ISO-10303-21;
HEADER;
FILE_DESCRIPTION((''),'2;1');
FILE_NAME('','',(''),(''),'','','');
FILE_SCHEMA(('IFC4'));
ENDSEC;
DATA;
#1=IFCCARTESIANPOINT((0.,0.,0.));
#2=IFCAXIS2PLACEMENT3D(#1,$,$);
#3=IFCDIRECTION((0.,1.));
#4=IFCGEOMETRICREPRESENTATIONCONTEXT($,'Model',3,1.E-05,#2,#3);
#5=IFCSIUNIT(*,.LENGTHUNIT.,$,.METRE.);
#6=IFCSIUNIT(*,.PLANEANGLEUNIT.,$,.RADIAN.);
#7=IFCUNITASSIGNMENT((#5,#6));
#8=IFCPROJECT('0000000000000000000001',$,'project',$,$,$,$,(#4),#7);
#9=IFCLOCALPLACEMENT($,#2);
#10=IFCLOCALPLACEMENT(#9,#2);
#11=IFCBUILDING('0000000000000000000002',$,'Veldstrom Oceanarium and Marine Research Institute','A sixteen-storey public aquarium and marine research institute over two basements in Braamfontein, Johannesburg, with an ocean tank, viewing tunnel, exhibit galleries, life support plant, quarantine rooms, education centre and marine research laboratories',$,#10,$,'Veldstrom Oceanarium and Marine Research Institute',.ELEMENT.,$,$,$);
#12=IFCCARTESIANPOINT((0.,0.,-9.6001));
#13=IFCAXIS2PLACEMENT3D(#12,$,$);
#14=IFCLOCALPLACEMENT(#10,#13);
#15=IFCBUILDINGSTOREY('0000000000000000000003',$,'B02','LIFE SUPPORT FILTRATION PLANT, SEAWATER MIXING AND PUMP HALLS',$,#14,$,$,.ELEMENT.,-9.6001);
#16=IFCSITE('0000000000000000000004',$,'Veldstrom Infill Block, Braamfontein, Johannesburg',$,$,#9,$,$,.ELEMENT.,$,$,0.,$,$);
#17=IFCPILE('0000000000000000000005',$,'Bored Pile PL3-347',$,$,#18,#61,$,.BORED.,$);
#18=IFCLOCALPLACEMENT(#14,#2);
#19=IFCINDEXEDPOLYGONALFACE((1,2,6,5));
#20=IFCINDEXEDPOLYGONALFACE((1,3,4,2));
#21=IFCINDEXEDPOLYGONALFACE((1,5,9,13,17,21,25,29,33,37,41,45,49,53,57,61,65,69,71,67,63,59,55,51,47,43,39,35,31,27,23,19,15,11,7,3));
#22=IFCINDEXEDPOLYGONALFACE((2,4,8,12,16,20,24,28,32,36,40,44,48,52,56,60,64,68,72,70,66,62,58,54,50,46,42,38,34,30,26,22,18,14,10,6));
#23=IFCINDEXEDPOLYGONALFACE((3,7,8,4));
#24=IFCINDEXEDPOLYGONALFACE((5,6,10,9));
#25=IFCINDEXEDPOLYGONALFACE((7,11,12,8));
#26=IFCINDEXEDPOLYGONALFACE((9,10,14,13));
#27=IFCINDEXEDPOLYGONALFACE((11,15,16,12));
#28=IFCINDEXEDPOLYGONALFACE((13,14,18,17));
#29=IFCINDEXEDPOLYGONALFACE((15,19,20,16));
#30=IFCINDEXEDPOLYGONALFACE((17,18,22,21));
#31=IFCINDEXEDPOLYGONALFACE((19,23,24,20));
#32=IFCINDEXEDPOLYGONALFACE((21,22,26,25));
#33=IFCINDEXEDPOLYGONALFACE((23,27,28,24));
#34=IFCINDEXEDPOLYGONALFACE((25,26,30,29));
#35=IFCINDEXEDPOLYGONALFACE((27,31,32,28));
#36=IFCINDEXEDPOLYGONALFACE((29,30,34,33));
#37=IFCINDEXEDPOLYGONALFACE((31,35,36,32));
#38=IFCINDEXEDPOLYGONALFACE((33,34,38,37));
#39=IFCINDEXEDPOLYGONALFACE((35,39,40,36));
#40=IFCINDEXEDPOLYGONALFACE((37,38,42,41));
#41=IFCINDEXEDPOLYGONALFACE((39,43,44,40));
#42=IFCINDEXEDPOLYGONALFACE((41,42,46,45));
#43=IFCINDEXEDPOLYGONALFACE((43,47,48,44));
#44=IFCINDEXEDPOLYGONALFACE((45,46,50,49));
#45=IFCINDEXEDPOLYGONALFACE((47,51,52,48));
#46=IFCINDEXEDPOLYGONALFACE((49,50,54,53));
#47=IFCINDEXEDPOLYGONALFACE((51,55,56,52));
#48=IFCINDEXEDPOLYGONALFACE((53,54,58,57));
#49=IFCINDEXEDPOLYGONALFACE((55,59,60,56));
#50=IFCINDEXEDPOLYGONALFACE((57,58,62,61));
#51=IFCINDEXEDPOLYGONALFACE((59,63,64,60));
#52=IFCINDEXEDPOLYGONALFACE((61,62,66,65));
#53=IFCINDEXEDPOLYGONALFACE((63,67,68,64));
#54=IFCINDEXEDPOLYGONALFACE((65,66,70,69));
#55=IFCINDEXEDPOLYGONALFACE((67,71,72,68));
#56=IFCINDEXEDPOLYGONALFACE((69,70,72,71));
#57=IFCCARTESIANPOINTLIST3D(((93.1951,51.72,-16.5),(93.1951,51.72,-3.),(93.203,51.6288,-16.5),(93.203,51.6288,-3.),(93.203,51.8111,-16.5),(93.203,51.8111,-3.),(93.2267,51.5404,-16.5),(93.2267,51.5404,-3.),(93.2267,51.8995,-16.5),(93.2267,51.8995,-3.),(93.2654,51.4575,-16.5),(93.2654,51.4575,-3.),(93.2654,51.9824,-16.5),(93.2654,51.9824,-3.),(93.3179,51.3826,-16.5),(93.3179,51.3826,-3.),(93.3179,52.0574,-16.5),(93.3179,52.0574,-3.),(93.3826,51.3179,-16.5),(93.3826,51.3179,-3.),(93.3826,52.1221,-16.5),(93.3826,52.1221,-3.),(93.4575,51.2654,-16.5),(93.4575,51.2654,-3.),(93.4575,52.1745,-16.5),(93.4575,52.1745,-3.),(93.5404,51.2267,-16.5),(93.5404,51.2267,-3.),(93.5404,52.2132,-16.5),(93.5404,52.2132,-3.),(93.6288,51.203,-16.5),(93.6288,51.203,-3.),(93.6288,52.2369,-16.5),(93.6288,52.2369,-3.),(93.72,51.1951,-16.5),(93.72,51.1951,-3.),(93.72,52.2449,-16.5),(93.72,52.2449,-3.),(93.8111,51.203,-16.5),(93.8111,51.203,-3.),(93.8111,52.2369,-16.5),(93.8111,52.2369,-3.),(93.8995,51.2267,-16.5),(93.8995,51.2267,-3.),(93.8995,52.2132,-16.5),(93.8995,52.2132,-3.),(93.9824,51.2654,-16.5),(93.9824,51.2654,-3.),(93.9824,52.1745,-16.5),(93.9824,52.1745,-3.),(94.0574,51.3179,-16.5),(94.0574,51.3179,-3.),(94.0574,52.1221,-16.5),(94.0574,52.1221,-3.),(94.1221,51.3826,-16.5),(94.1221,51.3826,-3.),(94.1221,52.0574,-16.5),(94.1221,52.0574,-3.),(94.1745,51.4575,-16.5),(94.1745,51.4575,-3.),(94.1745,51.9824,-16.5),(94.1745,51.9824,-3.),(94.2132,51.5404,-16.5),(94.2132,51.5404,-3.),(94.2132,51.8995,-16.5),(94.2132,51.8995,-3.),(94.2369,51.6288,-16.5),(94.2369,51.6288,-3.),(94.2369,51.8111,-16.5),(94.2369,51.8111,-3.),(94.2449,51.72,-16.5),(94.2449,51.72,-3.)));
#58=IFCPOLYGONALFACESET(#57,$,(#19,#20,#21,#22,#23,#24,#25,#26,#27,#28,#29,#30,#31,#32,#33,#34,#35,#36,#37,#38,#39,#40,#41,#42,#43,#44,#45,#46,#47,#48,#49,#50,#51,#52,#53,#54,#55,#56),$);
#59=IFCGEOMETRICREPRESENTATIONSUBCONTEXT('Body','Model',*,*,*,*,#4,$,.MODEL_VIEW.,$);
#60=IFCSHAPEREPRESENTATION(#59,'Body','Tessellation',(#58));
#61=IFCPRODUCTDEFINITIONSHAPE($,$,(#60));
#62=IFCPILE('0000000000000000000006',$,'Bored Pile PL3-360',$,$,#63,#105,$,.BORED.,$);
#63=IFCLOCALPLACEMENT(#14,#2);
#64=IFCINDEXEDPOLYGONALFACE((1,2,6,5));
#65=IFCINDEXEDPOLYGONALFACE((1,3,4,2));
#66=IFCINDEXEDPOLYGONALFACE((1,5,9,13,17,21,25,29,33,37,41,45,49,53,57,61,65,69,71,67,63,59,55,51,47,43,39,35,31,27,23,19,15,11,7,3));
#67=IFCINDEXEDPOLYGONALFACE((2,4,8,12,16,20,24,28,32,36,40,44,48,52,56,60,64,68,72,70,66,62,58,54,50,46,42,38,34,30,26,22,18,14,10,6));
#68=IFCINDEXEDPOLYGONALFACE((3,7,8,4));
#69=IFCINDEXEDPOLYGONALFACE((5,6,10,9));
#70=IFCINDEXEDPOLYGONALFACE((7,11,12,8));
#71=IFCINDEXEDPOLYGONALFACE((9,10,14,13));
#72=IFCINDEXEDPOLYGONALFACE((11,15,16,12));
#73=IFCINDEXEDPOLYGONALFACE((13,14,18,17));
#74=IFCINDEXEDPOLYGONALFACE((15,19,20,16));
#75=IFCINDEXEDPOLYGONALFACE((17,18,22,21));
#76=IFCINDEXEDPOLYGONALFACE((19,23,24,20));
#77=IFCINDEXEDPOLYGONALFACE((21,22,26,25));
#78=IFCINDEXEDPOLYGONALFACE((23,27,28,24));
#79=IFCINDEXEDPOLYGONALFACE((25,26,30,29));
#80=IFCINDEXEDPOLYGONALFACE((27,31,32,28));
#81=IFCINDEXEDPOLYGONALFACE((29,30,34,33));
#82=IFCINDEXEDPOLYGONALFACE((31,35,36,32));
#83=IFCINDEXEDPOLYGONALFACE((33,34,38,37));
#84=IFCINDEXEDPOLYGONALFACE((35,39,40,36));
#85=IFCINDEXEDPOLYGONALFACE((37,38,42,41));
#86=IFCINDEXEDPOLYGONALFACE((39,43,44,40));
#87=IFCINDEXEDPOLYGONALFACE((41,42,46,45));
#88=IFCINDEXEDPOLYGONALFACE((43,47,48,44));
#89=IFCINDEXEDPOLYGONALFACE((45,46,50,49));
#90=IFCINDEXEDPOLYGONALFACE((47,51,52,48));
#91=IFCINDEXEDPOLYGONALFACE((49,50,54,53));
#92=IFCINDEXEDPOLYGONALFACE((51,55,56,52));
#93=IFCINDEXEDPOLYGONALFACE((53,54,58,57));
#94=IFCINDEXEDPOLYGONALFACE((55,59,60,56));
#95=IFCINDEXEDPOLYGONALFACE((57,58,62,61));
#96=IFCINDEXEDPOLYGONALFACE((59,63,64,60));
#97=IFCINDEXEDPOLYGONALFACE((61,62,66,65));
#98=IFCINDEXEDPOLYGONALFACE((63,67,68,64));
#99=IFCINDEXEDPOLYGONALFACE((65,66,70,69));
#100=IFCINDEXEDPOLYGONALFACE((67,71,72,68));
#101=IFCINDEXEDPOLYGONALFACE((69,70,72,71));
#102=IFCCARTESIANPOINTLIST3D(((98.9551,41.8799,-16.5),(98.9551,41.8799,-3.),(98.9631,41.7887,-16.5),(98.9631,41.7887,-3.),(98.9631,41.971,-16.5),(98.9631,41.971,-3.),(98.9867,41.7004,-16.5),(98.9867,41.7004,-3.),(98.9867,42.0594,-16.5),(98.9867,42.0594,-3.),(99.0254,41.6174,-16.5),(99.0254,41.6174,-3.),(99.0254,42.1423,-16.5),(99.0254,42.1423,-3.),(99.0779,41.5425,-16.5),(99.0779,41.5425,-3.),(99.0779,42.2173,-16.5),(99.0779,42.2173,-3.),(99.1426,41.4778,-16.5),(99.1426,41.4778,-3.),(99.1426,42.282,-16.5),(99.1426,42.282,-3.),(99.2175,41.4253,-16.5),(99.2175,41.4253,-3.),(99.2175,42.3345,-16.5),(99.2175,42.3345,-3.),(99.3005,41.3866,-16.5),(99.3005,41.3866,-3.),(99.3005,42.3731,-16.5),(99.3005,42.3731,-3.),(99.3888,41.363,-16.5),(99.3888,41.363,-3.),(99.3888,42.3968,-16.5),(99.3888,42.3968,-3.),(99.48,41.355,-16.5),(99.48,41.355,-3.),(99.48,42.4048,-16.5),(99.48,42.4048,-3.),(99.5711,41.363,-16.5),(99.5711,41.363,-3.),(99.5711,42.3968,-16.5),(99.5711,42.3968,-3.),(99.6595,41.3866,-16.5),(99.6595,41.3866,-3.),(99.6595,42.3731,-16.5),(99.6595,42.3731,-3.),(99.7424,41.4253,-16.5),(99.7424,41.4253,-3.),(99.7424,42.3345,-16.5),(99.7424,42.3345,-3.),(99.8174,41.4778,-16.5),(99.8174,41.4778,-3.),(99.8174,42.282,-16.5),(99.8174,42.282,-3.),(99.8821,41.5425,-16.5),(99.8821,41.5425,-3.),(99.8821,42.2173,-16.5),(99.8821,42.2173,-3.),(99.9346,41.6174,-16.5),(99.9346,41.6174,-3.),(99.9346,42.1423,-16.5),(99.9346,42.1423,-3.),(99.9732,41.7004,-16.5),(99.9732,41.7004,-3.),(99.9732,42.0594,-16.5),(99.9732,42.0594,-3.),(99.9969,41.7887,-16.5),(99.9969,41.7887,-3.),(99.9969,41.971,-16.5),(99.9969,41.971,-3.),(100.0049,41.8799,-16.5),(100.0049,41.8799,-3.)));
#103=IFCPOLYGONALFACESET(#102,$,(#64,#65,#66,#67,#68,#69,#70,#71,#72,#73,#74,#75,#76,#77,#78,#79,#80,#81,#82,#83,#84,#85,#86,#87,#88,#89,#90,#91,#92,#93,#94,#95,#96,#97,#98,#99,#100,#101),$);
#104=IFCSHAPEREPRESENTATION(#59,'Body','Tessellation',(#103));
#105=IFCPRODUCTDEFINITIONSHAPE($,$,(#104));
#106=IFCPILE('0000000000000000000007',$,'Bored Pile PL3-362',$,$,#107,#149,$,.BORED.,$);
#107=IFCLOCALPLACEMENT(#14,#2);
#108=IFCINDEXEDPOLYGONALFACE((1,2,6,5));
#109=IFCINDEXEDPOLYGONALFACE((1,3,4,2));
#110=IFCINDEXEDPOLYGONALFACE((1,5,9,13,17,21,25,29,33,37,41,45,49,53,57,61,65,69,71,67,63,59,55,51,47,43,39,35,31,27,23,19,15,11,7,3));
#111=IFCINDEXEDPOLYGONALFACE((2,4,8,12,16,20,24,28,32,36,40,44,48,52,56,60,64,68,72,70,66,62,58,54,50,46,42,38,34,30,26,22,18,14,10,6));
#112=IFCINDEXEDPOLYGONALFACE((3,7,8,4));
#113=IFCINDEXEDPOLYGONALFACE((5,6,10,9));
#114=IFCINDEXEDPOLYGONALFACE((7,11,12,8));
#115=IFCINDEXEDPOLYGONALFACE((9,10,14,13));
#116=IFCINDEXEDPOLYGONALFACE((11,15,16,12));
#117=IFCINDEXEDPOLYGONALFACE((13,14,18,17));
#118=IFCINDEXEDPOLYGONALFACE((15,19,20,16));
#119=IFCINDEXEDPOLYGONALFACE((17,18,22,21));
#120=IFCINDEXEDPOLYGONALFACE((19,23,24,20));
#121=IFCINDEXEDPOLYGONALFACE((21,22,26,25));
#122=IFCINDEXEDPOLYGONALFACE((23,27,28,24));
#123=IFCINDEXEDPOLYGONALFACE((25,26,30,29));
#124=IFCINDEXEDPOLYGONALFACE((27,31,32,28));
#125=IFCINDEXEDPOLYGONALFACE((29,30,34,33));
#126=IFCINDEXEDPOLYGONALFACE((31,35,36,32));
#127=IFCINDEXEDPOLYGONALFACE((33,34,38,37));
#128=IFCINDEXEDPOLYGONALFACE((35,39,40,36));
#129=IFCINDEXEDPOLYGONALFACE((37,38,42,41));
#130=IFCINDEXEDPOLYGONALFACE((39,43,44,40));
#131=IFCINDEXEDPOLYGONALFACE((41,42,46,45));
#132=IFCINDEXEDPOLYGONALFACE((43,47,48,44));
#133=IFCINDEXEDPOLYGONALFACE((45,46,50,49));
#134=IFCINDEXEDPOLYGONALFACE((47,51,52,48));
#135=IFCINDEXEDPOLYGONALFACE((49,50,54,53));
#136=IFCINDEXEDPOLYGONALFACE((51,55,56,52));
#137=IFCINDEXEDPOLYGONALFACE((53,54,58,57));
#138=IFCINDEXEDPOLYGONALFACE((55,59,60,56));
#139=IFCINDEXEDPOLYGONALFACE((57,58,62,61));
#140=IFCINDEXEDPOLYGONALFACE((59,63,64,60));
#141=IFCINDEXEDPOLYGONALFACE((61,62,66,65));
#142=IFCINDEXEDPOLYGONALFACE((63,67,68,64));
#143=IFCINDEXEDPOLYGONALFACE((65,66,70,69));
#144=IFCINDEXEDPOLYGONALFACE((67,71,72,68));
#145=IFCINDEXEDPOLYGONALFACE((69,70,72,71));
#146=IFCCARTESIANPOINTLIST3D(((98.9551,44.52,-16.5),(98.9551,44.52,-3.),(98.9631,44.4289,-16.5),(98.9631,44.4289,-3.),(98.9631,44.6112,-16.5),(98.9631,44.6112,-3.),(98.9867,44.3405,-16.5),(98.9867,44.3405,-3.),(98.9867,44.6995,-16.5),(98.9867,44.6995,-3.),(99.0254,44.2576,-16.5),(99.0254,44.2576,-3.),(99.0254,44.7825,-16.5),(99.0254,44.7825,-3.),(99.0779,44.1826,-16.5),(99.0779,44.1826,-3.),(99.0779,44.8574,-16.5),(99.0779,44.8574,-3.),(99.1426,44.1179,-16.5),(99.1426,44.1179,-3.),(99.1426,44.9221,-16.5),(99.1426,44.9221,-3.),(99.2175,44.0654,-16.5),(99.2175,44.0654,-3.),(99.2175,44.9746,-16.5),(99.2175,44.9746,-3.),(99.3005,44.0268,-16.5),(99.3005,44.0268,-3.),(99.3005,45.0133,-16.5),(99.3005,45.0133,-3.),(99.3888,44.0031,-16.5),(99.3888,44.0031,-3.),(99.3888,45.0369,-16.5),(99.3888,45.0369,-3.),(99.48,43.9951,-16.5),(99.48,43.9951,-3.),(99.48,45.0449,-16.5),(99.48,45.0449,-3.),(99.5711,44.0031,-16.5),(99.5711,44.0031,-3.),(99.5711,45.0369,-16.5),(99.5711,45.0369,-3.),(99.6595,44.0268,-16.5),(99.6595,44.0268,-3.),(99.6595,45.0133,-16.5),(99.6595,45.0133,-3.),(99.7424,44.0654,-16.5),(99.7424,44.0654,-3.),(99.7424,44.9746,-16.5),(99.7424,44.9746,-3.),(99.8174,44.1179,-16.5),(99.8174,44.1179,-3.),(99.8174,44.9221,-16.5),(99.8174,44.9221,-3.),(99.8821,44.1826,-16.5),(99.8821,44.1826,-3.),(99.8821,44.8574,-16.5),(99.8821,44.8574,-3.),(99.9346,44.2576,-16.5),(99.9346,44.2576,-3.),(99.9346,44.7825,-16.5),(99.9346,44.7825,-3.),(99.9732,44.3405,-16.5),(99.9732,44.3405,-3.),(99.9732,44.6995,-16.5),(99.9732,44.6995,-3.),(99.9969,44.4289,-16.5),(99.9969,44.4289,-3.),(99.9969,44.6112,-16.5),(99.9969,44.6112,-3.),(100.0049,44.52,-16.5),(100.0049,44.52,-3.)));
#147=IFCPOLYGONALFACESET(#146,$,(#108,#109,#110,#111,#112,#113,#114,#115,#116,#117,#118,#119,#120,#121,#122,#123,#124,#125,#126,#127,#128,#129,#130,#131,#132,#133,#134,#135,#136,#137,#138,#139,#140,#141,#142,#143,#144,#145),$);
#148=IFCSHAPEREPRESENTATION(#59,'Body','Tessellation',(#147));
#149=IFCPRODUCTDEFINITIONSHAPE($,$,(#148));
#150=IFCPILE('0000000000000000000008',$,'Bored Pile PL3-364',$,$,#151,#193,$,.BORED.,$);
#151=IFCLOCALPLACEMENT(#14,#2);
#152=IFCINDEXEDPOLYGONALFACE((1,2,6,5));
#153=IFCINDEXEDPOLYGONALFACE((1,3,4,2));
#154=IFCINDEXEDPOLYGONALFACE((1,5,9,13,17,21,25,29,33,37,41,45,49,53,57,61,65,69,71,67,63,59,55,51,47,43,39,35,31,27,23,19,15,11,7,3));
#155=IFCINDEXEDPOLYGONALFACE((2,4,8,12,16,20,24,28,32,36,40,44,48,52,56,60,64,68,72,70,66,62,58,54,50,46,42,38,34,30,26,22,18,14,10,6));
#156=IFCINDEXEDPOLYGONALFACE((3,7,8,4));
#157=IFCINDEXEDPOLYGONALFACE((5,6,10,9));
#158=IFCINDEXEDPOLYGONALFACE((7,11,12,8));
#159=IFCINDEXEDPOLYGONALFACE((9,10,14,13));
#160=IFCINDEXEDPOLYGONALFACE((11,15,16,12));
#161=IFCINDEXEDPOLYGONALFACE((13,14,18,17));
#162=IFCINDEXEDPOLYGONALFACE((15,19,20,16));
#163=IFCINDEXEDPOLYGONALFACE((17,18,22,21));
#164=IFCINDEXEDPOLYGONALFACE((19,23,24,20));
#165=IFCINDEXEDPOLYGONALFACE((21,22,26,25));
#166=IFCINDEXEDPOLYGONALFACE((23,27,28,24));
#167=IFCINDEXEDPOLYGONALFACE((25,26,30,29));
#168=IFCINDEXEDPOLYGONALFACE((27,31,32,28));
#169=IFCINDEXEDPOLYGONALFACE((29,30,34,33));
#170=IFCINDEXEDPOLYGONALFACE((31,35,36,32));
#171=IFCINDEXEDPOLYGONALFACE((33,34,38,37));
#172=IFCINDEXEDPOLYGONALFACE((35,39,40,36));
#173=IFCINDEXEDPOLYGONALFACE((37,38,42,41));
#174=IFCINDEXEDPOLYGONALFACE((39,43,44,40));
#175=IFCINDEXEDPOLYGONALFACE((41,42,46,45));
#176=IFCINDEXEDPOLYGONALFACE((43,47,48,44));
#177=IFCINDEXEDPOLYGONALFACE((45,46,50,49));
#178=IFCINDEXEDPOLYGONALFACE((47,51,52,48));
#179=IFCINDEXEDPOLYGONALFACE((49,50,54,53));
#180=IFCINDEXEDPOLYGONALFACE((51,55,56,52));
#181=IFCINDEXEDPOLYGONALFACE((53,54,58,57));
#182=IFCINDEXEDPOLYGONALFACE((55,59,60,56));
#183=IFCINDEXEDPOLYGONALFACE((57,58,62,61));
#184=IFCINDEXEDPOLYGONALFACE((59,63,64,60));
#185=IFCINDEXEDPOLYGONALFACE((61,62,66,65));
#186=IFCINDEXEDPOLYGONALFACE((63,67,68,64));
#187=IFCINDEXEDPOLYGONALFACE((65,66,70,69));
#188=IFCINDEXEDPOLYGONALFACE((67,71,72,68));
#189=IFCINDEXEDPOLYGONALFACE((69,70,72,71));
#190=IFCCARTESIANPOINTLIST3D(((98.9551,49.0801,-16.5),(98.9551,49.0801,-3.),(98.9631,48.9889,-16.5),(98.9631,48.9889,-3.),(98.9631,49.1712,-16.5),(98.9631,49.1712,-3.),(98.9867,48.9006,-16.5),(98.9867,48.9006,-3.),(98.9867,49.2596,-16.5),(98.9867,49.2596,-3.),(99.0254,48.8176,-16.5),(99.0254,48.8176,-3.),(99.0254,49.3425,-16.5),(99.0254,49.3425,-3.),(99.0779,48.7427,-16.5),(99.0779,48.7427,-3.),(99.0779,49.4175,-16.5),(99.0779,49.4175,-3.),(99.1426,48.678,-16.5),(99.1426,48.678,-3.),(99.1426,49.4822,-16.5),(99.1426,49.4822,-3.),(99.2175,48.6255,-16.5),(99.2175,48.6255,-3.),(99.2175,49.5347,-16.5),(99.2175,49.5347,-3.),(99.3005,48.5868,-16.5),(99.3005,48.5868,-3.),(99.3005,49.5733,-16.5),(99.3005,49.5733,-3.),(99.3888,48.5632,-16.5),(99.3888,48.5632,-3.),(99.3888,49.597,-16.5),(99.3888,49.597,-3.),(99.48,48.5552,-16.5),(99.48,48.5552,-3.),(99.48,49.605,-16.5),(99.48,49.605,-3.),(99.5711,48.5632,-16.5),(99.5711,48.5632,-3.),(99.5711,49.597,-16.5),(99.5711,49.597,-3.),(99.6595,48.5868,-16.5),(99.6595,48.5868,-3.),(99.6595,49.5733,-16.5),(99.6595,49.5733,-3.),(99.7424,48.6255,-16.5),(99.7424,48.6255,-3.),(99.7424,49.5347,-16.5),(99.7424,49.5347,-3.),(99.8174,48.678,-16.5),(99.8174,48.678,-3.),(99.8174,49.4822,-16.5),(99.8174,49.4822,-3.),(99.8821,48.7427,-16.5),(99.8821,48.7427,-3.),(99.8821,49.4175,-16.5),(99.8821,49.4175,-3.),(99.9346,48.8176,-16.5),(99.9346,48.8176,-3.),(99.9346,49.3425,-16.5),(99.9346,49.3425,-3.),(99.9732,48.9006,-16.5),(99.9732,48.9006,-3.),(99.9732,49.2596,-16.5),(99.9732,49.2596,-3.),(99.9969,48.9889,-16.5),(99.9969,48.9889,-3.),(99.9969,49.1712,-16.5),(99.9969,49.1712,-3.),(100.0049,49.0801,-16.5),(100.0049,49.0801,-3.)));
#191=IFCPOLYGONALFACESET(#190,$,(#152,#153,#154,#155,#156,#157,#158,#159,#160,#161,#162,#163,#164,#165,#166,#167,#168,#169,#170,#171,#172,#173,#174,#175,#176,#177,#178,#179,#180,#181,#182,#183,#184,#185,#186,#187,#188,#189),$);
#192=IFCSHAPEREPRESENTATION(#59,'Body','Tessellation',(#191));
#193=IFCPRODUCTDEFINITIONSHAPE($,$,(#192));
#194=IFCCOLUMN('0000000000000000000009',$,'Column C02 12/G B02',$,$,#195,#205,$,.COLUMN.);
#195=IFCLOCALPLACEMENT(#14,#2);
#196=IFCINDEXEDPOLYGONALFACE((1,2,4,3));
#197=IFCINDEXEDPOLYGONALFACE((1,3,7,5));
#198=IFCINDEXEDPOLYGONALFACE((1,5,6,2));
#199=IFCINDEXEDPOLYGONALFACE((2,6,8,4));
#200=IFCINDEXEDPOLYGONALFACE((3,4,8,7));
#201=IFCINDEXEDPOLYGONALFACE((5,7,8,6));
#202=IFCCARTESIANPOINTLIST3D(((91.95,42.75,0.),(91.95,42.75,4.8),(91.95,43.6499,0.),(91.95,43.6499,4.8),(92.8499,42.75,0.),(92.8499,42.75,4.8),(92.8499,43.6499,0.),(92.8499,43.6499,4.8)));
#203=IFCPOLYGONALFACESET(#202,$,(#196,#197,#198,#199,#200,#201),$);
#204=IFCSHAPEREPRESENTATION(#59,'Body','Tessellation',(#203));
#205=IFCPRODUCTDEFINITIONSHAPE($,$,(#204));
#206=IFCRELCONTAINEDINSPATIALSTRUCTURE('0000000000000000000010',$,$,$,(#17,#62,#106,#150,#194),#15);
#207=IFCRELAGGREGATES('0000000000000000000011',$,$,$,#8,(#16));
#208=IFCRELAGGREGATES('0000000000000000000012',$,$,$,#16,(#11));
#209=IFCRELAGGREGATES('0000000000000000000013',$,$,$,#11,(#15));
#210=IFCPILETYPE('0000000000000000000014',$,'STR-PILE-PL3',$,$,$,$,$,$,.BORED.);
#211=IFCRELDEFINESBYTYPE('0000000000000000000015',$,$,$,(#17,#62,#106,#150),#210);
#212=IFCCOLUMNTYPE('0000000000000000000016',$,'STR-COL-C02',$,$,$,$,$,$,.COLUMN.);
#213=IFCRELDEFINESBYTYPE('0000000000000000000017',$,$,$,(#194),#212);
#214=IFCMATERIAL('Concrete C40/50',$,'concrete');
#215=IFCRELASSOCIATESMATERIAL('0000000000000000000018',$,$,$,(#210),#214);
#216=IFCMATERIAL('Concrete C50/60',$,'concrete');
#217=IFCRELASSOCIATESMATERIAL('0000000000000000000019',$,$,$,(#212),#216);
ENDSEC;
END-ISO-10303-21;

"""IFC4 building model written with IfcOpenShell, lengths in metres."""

from ifc_helpers import new_model, si_unit, direction, frame, origin, origin_2d, place, context, subcontext, project, spatial, rectangle, circle, extrude, material, material_profile, profile_set, type_object, element, save


model = new_model("IFC4")

# Units and contexts
model_context = context("Model", 3, precision=1e-05, world=origin(), true_north=direction((0.0, 1.0)))
body_context = subcontext(model_context, "Body", "Model", "MODEL_VIEW")
ifc_project = project(units=[si_unit("LENGTHUNIT", "METRE"), si_unit("PLANEANGLEUNIT", "RADIAN")], contexts=[model_context])

# Site, building, storey
site_placement = place(None, origin())
site = spatial("IfcSite", under=ifc_project, at=site_placement, Name="Veldstrom Infill Block, Braamfontein, Johannesburg", CompositionType="ELEMENT", RefElevation=0.0)
building_placement = place(site_placement, origin())
building = spatial("IfcBuilding", under=site, at=building_placement, Name="Veldstrom Oceanarium and Marine Research Institute", Description="A sixteen-storey public aquarium and marine research institute over two basements in Braamfontein, Johannesburg, with an ocean tank, viewing tunnel, exhibit galleries, life support plant, quarantine rooms, education centre and marine research laboratories", LongName="Veldstrom Oceanarium and Marine Research Institute", CompositionType="ELEMENT")
storey_placement = place(building_placement, frame((0.0, 0.0, -9.6001)))
storey = spatial("IfcBuildingStorey", under=building, at=storey_placement, Name="B02", Description="LIFE SUPPORT FILTRATION PLANT, SEAWATER MIXING AND PUMP HALLS", CompositionType="ELEMENT", Elevation=-9.6001)

# Piles
ifc_material_1 = material(Name="Concrete C40/50", Category="concrete")
ifc_material_profile_1 = material_profile(ifc_material_1, circle(Radius=0.5249, at=origin_2d()), Name="PILE-D1050")
ifc_profile_set_1 = profile_set([ifc_material_profile_1], Name="Concrete C40/50")
pile_type = type_object("IfcPileType", Name="STR-PILE-PL3", PredefinedType="BORED", material=ifc_profile_set_1)
for number, where, z_axis, x_axis, name in (
    (1, (93.72, 51.72, -3.0), (0.0, 0.0, -1.0), (1.0, 0.0, 0.0), "Bored Pile PL3-347"),
    (2, (99.48, 41.8799, -3.0), (0.0, 0.0, -1.0), (1.0, 0.0, 0.0), "Bored Pile PL3-360"),
    (3, (99.48, 44.52, -3.0), (0.0, 0.0, -1.0), (1.0, 0.0, 0.0), "Bored Pile PL3-362"),
    (4, (99.48, 49.0801, -3.0), (0.0, 0.0, -1.0), (1.0, 0.0, 0.0), "Bored Pile PL3-364"),
):
    element("IfcPile", number, at=place(storey_placement, frame(where, z_axis=z_axis, x_axis=x_axis)), inside=storey, type_object=pile_type, Name=name, PredefinedType="BORED", context=body_context, shape_type="SweptSolid", body=[
        extrude(circle(Radius=0.5249, at=origin_2d()), origin(), (0.0, 0.0, 1.0), 13.5),
    ])

# Column
ifc_material_2 = material(Name="Concrete C50/60", Category="concrete")
ifc_material_profile_2 = material_profile(ifc_material_2, rectangle(XDim=0.8999, YDim=0.8999, at=origin_2d()), Name="RC-COL-900x900")
ifc_profile_set_2 = profile_set([ifc_material_profile_2], Name="Concrete C50/60")
column_type_1 = type_object("IfcColumnType", Name="STR-COL-C02", PredefinedType="COLUMN", material=ifc_profile_set_2)
for number, where, z_axis, x_axis, name in (
    (5, (92.3999, 43.2, 0.0), (0.0, 0.0, 1.0), (1.0, 0.0, 0.0), "Column C02 12/G B02"),
):
    element("IfcColumn", number, at=place(storey_placement, frame(where, z_axis=z_axis, x_axis=x_axis)), inside=storey, type_object=column_type_1, Name=name, PredefinedType="COLUMN", context=body_context, shape_type="SweptSolid", body=[
        extrude(rectangle(XDim=0.8999, YDim=0.8999, at=origin_2d()), origin(), (0.0, 0.0, 1.0), 4.8),
    ])

save(model, "model.ifc")
